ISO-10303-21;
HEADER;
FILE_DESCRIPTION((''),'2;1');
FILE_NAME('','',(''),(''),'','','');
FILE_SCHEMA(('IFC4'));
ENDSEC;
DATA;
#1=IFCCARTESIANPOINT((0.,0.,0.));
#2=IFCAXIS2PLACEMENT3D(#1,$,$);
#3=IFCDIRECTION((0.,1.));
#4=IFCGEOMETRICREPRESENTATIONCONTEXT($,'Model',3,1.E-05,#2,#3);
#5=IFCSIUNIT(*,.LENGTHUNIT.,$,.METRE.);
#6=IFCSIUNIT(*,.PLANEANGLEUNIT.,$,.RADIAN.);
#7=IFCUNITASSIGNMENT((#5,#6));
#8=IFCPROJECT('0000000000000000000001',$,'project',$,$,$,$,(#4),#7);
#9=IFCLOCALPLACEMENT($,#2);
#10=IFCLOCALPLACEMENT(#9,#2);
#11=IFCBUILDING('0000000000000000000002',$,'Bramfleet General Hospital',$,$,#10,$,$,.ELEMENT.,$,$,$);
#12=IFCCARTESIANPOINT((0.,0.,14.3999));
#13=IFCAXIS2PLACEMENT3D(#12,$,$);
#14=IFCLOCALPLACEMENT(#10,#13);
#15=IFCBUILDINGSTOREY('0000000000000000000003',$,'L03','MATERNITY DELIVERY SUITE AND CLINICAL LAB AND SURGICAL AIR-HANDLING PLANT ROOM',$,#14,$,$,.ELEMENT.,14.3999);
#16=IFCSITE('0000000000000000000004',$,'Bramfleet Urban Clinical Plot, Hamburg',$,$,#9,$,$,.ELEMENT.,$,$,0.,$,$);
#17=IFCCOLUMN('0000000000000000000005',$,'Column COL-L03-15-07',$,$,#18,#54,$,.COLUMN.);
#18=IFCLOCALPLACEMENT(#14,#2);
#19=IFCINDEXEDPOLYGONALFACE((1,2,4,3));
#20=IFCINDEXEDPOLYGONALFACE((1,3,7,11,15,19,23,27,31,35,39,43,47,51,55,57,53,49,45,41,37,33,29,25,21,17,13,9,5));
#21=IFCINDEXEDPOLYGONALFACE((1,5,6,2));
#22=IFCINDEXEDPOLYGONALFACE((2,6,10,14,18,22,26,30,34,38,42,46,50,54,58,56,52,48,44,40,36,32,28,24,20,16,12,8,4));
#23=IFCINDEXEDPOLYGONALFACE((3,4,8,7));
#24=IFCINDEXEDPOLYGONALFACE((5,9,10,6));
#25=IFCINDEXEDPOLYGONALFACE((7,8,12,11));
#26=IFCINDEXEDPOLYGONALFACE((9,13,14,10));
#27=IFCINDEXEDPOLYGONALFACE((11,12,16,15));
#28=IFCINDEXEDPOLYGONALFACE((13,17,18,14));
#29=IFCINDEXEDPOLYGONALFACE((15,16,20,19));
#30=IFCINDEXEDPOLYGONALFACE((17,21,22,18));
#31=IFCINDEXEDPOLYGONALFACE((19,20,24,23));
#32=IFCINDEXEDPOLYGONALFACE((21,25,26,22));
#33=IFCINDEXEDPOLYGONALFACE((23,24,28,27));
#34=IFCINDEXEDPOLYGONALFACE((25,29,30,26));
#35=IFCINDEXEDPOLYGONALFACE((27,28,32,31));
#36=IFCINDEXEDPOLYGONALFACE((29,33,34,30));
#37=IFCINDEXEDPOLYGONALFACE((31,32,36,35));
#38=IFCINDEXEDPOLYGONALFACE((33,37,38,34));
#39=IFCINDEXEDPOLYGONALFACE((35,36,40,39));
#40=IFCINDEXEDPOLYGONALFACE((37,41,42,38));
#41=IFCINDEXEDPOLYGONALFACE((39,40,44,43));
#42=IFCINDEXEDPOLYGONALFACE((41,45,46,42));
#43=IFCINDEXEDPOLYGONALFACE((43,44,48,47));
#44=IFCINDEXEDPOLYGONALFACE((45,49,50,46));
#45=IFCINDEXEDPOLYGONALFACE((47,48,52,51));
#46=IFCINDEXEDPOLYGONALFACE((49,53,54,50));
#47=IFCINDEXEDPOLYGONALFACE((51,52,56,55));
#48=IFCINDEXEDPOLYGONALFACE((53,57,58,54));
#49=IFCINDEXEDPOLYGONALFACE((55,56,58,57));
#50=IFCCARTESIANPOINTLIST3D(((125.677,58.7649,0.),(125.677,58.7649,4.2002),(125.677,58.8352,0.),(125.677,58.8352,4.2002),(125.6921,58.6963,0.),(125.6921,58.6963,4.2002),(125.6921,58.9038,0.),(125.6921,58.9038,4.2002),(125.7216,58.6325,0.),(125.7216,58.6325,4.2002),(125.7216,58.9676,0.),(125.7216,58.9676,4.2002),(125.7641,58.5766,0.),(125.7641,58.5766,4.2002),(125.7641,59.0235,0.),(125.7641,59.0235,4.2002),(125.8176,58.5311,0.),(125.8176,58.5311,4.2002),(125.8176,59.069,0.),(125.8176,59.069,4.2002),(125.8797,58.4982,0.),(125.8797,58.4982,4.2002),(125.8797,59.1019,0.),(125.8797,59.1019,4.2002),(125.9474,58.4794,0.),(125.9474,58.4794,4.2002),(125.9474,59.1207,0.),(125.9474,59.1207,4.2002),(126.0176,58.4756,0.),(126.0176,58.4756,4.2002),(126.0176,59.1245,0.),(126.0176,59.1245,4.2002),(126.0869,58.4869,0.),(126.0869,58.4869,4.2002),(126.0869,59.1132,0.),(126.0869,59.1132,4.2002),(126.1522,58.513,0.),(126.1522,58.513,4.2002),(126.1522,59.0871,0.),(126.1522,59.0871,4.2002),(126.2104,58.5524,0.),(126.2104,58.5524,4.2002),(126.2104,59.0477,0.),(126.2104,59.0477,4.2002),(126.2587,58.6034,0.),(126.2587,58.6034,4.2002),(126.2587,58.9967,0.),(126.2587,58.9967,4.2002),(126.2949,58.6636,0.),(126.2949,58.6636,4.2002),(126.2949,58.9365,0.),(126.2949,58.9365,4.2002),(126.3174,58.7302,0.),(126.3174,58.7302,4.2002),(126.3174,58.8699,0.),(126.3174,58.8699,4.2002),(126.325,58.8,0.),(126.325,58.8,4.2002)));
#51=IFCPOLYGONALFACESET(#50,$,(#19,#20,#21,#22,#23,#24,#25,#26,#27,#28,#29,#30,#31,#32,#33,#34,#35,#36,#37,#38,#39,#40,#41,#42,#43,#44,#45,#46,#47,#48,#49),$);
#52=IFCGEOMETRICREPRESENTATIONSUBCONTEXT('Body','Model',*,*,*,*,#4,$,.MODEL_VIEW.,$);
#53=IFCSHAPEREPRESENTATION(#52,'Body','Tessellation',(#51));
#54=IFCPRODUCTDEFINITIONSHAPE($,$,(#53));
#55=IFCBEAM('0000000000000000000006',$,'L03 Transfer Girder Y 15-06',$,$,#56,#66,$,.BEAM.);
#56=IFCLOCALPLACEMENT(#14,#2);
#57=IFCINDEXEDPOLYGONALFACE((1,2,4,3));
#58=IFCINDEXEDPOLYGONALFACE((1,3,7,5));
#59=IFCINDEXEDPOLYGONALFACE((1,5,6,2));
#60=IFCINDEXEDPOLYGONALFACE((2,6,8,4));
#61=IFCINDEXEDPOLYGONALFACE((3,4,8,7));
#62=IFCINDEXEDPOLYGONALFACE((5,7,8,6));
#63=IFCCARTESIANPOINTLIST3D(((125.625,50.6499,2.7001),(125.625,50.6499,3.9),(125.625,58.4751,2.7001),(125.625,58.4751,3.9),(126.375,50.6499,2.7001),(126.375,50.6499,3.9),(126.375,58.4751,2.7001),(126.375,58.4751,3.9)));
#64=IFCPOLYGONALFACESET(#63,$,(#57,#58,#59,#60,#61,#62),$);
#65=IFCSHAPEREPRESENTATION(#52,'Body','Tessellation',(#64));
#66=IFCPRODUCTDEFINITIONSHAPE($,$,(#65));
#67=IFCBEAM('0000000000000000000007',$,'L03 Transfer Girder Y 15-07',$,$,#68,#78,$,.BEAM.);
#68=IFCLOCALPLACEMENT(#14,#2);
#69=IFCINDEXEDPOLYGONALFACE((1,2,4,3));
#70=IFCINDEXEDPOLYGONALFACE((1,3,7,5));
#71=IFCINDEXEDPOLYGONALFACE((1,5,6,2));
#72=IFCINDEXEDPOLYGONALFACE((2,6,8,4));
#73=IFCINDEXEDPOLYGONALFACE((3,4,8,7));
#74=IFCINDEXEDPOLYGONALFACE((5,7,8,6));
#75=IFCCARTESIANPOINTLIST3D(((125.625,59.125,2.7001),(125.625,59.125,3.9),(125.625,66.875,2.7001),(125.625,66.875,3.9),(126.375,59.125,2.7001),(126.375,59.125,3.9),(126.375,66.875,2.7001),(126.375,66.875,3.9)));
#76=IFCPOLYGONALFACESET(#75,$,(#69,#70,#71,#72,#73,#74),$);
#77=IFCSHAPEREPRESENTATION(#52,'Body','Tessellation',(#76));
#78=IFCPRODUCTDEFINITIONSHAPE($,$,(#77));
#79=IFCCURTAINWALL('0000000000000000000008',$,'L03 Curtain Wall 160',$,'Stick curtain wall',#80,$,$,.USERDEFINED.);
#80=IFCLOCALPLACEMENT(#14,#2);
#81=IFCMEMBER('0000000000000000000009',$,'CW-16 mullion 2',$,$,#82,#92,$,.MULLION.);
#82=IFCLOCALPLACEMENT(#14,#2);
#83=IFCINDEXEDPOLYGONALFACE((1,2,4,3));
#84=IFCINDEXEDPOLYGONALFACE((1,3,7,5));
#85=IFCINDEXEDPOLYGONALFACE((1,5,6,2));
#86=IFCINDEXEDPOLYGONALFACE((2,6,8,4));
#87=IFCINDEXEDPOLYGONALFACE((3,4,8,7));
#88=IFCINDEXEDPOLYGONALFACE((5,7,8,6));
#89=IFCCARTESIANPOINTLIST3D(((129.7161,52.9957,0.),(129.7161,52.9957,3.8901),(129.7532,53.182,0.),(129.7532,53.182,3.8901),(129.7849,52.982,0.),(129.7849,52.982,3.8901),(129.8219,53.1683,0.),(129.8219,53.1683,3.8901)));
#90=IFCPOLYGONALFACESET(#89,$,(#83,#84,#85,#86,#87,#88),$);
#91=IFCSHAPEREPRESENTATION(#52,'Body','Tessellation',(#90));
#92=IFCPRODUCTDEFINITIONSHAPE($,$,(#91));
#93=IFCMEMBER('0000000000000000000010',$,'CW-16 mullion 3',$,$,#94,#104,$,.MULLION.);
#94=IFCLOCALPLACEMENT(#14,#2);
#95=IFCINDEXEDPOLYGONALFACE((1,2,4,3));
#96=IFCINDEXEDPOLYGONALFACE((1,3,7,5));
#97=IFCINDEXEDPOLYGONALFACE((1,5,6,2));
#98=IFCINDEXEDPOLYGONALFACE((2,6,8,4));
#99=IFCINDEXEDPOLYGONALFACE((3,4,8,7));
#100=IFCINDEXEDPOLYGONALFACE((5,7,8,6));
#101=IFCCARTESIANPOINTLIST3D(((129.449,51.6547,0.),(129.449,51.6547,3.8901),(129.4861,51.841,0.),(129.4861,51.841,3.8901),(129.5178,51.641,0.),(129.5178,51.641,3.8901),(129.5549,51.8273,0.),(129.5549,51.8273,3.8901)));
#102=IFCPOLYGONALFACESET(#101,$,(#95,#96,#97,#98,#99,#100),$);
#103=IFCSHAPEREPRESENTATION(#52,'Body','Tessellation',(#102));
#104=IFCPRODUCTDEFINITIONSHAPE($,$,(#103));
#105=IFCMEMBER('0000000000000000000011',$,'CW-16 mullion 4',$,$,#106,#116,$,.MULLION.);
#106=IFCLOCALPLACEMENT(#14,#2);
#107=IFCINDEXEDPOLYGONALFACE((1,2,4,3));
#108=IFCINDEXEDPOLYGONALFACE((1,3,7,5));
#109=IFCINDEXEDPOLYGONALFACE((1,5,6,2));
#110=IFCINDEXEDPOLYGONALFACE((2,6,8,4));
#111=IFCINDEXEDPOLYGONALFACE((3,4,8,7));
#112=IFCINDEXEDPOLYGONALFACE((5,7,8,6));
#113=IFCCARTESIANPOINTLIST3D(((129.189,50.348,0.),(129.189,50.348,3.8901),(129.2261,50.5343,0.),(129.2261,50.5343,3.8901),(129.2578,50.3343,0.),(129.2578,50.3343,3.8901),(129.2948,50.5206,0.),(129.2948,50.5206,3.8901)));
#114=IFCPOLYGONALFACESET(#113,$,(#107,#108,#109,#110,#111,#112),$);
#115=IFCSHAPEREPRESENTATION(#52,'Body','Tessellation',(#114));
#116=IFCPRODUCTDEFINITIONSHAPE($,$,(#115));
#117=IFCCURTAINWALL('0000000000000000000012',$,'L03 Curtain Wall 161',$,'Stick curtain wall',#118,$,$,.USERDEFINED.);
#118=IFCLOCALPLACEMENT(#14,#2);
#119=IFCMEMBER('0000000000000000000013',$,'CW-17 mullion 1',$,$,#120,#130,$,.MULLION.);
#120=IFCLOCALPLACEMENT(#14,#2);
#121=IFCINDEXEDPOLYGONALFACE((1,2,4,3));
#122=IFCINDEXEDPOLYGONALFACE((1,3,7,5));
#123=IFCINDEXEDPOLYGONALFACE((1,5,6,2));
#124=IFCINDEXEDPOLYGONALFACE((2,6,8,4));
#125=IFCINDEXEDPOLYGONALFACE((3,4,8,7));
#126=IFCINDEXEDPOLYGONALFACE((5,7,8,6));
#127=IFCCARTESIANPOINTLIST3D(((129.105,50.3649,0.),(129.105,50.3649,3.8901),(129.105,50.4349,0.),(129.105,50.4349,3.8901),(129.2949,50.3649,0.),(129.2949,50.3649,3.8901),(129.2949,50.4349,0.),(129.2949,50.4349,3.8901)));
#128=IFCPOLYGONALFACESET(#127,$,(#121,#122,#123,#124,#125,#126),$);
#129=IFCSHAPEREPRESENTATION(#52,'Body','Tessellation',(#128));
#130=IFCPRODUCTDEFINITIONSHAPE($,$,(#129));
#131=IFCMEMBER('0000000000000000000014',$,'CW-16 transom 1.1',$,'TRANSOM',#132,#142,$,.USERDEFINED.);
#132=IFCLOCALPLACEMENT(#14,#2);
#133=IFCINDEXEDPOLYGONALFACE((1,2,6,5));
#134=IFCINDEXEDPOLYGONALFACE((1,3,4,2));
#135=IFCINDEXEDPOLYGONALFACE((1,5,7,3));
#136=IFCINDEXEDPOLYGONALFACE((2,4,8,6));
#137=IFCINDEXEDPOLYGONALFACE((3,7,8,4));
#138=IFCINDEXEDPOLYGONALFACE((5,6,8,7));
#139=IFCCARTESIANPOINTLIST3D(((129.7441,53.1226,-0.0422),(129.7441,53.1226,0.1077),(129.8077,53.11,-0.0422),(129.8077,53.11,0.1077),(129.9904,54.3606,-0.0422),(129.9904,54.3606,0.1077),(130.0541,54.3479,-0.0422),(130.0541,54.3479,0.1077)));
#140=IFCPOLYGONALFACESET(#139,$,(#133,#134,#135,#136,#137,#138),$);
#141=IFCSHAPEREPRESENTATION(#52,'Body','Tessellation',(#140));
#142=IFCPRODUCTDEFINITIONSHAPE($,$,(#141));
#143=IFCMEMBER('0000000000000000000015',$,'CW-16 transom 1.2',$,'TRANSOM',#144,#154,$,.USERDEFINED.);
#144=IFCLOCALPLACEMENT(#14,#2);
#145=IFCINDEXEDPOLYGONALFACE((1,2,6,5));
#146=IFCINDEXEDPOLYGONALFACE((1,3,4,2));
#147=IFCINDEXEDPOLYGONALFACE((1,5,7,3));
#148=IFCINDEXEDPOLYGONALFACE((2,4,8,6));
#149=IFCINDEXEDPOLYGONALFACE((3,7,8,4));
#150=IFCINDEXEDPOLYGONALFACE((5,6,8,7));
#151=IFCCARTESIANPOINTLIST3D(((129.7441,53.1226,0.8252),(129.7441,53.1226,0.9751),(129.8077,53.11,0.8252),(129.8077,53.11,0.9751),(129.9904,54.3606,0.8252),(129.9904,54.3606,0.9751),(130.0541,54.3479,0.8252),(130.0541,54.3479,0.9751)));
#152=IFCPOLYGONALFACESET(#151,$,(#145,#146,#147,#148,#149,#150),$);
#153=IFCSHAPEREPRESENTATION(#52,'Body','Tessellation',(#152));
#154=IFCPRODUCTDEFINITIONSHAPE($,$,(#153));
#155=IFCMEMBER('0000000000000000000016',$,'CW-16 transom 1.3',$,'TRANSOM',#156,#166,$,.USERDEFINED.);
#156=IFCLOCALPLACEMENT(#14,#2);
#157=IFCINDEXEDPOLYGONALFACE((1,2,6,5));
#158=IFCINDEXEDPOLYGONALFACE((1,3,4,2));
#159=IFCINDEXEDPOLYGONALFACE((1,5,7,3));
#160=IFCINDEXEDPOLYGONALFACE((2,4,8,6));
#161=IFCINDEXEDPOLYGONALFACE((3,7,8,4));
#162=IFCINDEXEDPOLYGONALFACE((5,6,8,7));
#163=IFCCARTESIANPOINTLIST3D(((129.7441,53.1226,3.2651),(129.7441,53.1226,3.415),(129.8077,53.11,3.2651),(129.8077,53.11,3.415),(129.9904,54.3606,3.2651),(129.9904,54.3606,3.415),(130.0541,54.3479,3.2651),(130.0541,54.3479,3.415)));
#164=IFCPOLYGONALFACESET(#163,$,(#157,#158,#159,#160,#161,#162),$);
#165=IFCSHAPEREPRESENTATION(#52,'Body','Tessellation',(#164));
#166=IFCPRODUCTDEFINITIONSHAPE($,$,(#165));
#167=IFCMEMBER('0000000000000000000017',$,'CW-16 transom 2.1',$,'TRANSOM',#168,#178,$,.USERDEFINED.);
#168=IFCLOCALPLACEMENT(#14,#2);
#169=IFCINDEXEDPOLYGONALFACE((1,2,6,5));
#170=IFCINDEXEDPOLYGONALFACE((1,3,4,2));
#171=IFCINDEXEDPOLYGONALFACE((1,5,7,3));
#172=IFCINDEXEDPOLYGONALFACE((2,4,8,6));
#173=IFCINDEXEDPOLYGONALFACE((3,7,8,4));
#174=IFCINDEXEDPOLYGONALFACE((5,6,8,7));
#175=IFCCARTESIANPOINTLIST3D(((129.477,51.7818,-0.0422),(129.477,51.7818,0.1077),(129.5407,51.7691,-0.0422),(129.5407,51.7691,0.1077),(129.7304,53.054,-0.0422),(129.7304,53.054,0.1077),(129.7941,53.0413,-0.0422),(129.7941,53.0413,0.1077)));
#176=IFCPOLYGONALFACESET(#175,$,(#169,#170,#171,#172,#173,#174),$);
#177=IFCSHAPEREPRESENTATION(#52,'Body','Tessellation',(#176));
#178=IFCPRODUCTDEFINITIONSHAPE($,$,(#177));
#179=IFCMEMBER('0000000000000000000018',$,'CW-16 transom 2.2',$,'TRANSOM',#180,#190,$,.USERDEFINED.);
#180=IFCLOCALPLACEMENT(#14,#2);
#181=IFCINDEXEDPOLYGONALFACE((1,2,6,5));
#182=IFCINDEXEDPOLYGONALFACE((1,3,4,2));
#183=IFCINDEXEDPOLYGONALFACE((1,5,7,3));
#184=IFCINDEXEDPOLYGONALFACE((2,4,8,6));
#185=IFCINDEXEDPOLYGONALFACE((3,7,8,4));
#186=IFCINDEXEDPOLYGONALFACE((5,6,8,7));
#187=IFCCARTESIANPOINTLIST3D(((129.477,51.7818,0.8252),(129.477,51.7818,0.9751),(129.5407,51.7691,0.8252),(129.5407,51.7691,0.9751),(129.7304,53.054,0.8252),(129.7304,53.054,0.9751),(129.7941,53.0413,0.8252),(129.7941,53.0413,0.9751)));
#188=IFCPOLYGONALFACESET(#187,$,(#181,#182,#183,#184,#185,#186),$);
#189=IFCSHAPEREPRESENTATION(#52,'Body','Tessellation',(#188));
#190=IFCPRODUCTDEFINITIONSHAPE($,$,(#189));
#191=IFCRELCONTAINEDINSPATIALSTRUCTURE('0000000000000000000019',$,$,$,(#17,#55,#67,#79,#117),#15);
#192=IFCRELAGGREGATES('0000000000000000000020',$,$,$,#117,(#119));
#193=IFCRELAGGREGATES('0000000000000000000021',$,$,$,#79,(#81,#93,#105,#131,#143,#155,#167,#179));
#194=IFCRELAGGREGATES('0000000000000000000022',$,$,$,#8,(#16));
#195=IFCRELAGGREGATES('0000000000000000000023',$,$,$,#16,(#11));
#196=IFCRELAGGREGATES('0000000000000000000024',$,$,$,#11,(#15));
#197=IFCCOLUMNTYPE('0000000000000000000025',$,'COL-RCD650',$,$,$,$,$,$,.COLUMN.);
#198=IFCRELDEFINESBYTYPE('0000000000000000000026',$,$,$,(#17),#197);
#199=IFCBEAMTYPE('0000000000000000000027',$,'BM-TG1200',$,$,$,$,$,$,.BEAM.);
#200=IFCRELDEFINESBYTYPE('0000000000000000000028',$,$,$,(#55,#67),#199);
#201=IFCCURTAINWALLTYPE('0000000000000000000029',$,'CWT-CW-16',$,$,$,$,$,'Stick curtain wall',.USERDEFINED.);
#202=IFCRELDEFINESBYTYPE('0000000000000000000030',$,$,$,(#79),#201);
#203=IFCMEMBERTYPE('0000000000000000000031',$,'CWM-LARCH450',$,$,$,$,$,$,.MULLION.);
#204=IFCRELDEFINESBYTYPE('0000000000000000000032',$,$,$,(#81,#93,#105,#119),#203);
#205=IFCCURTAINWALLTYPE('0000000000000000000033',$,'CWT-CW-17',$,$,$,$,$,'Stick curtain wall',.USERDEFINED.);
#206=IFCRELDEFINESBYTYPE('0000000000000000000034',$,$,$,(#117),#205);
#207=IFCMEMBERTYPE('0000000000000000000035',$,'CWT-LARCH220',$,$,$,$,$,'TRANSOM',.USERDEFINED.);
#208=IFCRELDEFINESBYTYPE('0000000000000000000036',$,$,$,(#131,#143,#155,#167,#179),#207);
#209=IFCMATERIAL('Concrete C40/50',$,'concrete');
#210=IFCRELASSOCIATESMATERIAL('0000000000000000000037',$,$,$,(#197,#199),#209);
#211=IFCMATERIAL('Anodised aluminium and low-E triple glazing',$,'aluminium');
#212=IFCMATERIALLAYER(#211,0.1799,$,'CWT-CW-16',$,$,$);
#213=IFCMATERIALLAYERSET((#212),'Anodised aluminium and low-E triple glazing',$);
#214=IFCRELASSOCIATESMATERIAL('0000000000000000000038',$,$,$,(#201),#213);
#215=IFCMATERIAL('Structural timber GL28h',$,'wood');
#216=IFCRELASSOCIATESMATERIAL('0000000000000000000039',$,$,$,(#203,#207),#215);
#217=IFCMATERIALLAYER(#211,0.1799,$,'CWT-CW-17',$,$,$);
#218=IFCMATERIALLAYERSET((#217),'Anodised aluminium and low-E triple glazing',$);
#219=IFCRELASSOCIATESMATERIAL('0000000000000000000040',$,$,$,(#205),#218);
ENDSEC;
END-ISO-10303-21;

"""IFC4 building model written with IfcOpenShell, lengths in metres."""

from ifc_helpers import new_model, si_unit, direction, frame, origin, origin_2d, place, context, subcontext, project, spatial, rectangle, circle, extrude, material, layer, layer_set, material_profile, profile_set, type_object, element, aggregate, save


model = new_model("IFC4")

# Units and contexts
model_context = context("Model", 3, precision=1e-05, world=origin(), true_north=direction((0.0, 1.0)))
body_context = subcontext(model_context, "Body", "Model", "MODEL_VIEW")
ifc_project = project(units=[si_unit("LENGTHUNIT", "METRE"), si_unit("PLANEANGLEUNIT", "RADIAN")], contexts=[model_context])

# Site, building, storey
site_placement = place(None, origin())
site = spatial("IfcSite", under=ifc_project, at=site_placement, Name="Bramfleet Urban Clinical Plot, Hamburg", CompositionType="ELEMENT", RefElevation=0.0)
building_placement = place(site_placement, origin())
building = spatial("IfcBuilding", under=site, at=building_placement, Name="Bramfleet General Hospital", CompositionType="ELEMENT")
storey_placement = place(building_placement, frame((0.0, 0.0, 14.3999)))
storey = spatial("IfcBuildingStorey", under=building, at=storey_placement, Name="L03", Description="MATERNITY DELIVERY SUITE AND CLINICAL LAB AND SURGICAL AIR-HANDLING PLANT ROOM", CompositionType="ELEMENT", Elevation=14.3999)

# Column
ifc_material_1 = material(Name="Concrete C40/50", Category="concrete")
ifc_material_profile_1 = material_profile(ifc_material_1, circle(Radius=0.325, at=origin_2d()), Name="RC ROUND D650")
ifc_profile_set_1 = profile_set([ifc_material_profile_1], Name="Concrete C40/50")
column_type = type_object("IfcColumnType", Name="COL-RCD650", PredefinedType="COLUMN", material=ifc_profile_set_1)
column_placement = place(storey_placement, frame((126.0, 58.8, 0.0), z_axis=(0.0, 0.0, 1.0), x_axis=(1.0, 0.0, 0.0)))
element("IfcColumn", 1, at=column_placement, inside=storey, type_object=column_type, Name="Column COL-L03-15-07", PredefinedType="COLUMN", context=body_context, shape_type="SweptSolid", body=[
    extrude(circle(Radius=0.325, at=origin_2d()), origin(), (0.0, 0.0, 1.0), 4.2002),
])

# Beams
ifc_material_profile_2 = material_profile(ifc_material_1, rectangle(XDim=0.75, YDim=1.2, at=origin_2d()), Name="RC TG 1200x750")
ifc_profile_set_2 = profile_set([ifc_material_profile_2], Name="Concrete C40/50")
beam_type = type_object("IfcBeamType", Name="BM-TG1200", PredefinedType="BEAM", material=ifc_profile_set_2)
beam_1_placement = place(storey_placement, frame((126.0, 50.6499, 3.3), z_axis=(0.0, 1.0, 0.0), x_axis=(-1.0, 0.0, 0.0)))
element("IfcBeam", 2, at=beam_1_placement, inside=storey, type_object=beam_type, Name="L03 Transfer Girder Y 15-06", PredefinedType="BEAM", context=body_context, shape_type="SweptSolid", body=[
    extrude(rectangle(XDim=0.75, YDim=1.2, at=origin_2d()), origin(), (0.0, 0.0, 1.0), 7.8252),
])
beam_2_placement = place(storey_placement, frame((126.0, 59.125, 3.3), z_axis=(0.0, 1.0, 0.0), x_axis=(-1.0, 0.0, 0.0)))
element("IfcBeam", 3, at=beam_2_placement, inside=storey, type_object=beam_type, Name="L03 Transfer Girder Y 15-07", PredefinedType="BEAM", context=body_context, shape_type="SweptSolid", body=[
    extrude(rectangle(XDim=0.75, YDim=1.2, at=origin_2d()), origin(), (0.0, 0.0, 1.0), 7.75),
])

# Curtain wall, members
ifc_material_2 = material(Name="Anodised aluminium and low-E triple glazing", Category="aluminium")
ifc_layer_1 = layer(ifc_material_2, 0.1799, Name="CWT-CW-16")
ifc_layer_set_1 = layer_set([ifc_layer_1], Name="Anodised aluminium and low-E triple glazing")
curtain_wall_type_1 = type_object("IfcCurtainWallType", Name="CWT-CW-16", ElementType="Stick curtain wall", PredefinedType="USERDEFINED", material=ifc_layer_set_1)
curtain_wall_1_placement = place(storey_placement, origin())
curtain_wall_1 = element("IfcCurtainWall", 4, at=curtain_wall_1_placement, inside=storey, type_object=curtain_wall_type_1, Name="L03 Curtain Wall 160", ObjectType="Stick curtain wall", PredefinedType="USERDEFINED")
ifc_material_3 = material(Name="Structural timber GL28h", Category="wood")
ifc_material_profile_3 = material_profile(ifc_material_3, rectangle(XDim=0.0701, YDim=0.1899, at=origin_2d()), Name="LARCH 190x70")
ifc_profile_set_3 = profile_set([ifc_material_profile_3], Name="Structural timber GL28h")
member_type_1 = type_object("IfcMemberType", Name="CWM-LARCH450", PredefinedType="MULLION", material=ifc_profile_set_3)
member_1_placement = place(storey_placement, frame((129.769, 53.082, 0.0), z_axis=(0.0, 0.0, 1.0), x_axis=(0.980749, -0.195272, 0.0)))
member_1 = element("IfcMember", 5, at=member_1_placement, type_object=member_type_1, Name="CW-16 mullion 2", PredefinedType="MULLION", context=body_context, shape_type="SweptSolid", body=[
    extrude(rectangle(XDim=0.0701, YDim=0.1899, at=origin_2d()), origin(), (0.0, 0.0, 1.0), 3.8901),
])
member_2_placement = place(storey_placement, frame((129.502, 51.741, 0.0), z_axis=(0.0, 0.0, 1.0), x_axis=(0.980749, -0.195272, 0.0)))
member_2 = element("IfcMember", 6, at=member_2_placement, type_object=member_type_1, Name="CW-16 mullion 3", PredefinedType="MULLION", context=body_context, shape_type="SweptSolid", body=[
    extrude(rectangle(XDim=0.0701, YDim=0.1899, at=origin_2d()), origin(), (0.0, 0.0, 1.0), 3.8901),
])
member_3_placement = place(storey_placement, frame((129.2419, 50.4343, 0.0), z_axis=(0.0, 0.0, 1.0), x_axis=(0.980749, -0.195272, 0.0)))
member_3 = element("IfcMember", 7, at=member_3_placement, type_object=member_type_1, Name="CW-16 mullion 4", PredefinedType="MULLION", context=body_context, shape_type="SweptSolid", body=[
    extrude(rectangle(XDim=0.0701, YDim=0.1899, at=origin_2d()), origin(), (0.0, 0.0, 1.0), 3.8901),
])

# Curtain wall, member
ifc_layer_2 = layer(ifc_material_2, 0.1799, Name="CWT-CW-17")
ifc_layer_set_2 = layer_set([ifc_layer_2], Name="Anodised aluminium and low-E triple glazing")
curtain_wall_type_2 = type_object("IfcCurtainWallType", Name="CWT-CW-17", ElementType="Stick curtain wall", PredefinedType="USERDEFINED", material=ifc_layer_set_2)
curtain_wall_2_placement = place(storey_placement, origin())
curtain_wall_2 = element("IfcCurtainWall", 8, at=curtain_wall_2_placement, inside=storey, type_object=curtain_wall_type_2, Name="L03 Curtain Wall 161", ObjectType="Stick curtain wall", PredefinedType="USERDEFINED")
member_4_placement = place(storey_placement, frame((129.2, 50.3999, 0.0), z_axis=(0.0, 0.0, 1.0), x_axis=(0.0, -1.0, 0.0)))
member_4 = element("IfcMember", 9, at=member_4_placement, type_object=member_type_1, Name="CW-17 mullion 1", PredefinedType="MULLION", context=body_context, shape_type="SweptSolid", body=[
    extrude(rectangle(XDim=0.0701, YDim=0.1899, at=origin_2d()), origin(), (0.0, 0.0, 1.0), 3.8901),
])

# Members
ifc_material_profile_4 = material_profile(ifc_material_3, rectangle(XDim=0.0649, YDim=0.1499, at=origin_2d()), Name="LARCH 150x65")
ifc_profile_set_4 = profile_set([ifc_material_profile_4], Name="Structural timber GL28h")
member_type_2 = type_object("IfcMemberType", Name="CWT-LARCH220", ElementType="TRANSOM", PredefinedType="USERDEFINED", material=ifc_profile_set_4)
member_5_placement = place(storey_placement, frame((130.0222, 54.3542, 0.0327), z_axis=(-0.195149, -0.980774, 0.0), x_axis=(0.980774, -0.195149, 0.0)))
member_5 = element("IfcMember", 10, at=member_5_placement, type_object=member_type_2, Name="CW-16 transom 1.1", ObjectType="TRANSOM", PredefinedType="USERDEFINED", context=body_context, shape_type="SweptSolid", body=[
    extrude(rectangle(XDim=0.0649, YDim=0.1499, at=origin_2d()), origin(), (0.0, 0.0, 1.0), 1.2622),
])
member_6_placement = place(storey_placement, frame((130.0222, 54.3542, 0.9001), z_axis=(-0.195149, -0.980774, 0.0), x_axis=(0.980774, -0.195149, 0.0)))
member_6 = element("IfcMember", 11, at=member_6_placement, type_object=member_type_2, Name="CW-16 transom 1.2", ObjectType="TRANSOM", PredefinedType="USERDEFINED", context=body_context, shape_type="SweptSolid", body=[
    extrude(rectangle(XDim=0.0649, YDim=0.1499, at=origin_2d()), origin(), (0.0, 0.0, 1.0), 1.2622),
])
member_7_placement = place(storey_placement, frame((130.0222, 54.3542, 3.3401), z_axis=(-0.195149, -0.980774, 0.0), x_axis=(0.980774, -0.195149, 0.0)))
member_7 = element("IfcMember", 12, at=member_7_placement, type_object=member_type_2, Name="CW-16 transom 1.3", ObjectType="TRANSOM", PredefinedType="USERDEFINED", context=body_context, shape_type="SweptSolid", body=[
    extrude(rectangle(XDim=0.0649, YDim=0.1499, at=origin_2d()), origin(), (0.0, 0.0, 1.0), 1.2622),
])
member_8_placement = place(storey_placement, frame((129.7622, 53.0476, 0.0327), z_axis=(-0.195356, -0.980732, 0.0), x_axis=(0.980732, -0.195356, 0.0)))
member_8 = element("IfcMember", 13, at=member_8_placement, type_object=member_type_2, Name="CW-16 transom 2.1", ObjectType="TRANSOM", PredefinedType="USERDEFINED", context=body_context, shape_type="SweptSolid", body=[
    extrude(rectangle(XDim=0.0649, YDim=0.1499, at=origin_2d()), origin(), (0.0, 0.0, 1.0), 1.2971),
])
member_9_placement = place(storey_placement, frame((129.7622, 53.0476, 0.9001), z_axis=(-0.195356, -0.980732, 0.0), x_axis=(0.980732, -0.195356, 0.0)))
member_9 = element("IfcMember", 14, at=member_9_placement, type_object=member_type_2, Name="CW-16 transom 2.2", ObjectType="TRANSOM", PredefinedType="USERDEFINED", context=body_context, shape_type="SweptSolid", body=[
    extrude(rectangle(XDim=0.0649, YDim=0.1499, at=origin_2d()), origin(), (0.0, 0.0, 1.0), 1.2971),
])
aggregate(curtain_wall_2, [member_4])

aggregate(curtain_wall_1, [member_1, member_2, member_3, member_5, member_6, member_7, member_8, member_9])

save(model, "model.ifc")
